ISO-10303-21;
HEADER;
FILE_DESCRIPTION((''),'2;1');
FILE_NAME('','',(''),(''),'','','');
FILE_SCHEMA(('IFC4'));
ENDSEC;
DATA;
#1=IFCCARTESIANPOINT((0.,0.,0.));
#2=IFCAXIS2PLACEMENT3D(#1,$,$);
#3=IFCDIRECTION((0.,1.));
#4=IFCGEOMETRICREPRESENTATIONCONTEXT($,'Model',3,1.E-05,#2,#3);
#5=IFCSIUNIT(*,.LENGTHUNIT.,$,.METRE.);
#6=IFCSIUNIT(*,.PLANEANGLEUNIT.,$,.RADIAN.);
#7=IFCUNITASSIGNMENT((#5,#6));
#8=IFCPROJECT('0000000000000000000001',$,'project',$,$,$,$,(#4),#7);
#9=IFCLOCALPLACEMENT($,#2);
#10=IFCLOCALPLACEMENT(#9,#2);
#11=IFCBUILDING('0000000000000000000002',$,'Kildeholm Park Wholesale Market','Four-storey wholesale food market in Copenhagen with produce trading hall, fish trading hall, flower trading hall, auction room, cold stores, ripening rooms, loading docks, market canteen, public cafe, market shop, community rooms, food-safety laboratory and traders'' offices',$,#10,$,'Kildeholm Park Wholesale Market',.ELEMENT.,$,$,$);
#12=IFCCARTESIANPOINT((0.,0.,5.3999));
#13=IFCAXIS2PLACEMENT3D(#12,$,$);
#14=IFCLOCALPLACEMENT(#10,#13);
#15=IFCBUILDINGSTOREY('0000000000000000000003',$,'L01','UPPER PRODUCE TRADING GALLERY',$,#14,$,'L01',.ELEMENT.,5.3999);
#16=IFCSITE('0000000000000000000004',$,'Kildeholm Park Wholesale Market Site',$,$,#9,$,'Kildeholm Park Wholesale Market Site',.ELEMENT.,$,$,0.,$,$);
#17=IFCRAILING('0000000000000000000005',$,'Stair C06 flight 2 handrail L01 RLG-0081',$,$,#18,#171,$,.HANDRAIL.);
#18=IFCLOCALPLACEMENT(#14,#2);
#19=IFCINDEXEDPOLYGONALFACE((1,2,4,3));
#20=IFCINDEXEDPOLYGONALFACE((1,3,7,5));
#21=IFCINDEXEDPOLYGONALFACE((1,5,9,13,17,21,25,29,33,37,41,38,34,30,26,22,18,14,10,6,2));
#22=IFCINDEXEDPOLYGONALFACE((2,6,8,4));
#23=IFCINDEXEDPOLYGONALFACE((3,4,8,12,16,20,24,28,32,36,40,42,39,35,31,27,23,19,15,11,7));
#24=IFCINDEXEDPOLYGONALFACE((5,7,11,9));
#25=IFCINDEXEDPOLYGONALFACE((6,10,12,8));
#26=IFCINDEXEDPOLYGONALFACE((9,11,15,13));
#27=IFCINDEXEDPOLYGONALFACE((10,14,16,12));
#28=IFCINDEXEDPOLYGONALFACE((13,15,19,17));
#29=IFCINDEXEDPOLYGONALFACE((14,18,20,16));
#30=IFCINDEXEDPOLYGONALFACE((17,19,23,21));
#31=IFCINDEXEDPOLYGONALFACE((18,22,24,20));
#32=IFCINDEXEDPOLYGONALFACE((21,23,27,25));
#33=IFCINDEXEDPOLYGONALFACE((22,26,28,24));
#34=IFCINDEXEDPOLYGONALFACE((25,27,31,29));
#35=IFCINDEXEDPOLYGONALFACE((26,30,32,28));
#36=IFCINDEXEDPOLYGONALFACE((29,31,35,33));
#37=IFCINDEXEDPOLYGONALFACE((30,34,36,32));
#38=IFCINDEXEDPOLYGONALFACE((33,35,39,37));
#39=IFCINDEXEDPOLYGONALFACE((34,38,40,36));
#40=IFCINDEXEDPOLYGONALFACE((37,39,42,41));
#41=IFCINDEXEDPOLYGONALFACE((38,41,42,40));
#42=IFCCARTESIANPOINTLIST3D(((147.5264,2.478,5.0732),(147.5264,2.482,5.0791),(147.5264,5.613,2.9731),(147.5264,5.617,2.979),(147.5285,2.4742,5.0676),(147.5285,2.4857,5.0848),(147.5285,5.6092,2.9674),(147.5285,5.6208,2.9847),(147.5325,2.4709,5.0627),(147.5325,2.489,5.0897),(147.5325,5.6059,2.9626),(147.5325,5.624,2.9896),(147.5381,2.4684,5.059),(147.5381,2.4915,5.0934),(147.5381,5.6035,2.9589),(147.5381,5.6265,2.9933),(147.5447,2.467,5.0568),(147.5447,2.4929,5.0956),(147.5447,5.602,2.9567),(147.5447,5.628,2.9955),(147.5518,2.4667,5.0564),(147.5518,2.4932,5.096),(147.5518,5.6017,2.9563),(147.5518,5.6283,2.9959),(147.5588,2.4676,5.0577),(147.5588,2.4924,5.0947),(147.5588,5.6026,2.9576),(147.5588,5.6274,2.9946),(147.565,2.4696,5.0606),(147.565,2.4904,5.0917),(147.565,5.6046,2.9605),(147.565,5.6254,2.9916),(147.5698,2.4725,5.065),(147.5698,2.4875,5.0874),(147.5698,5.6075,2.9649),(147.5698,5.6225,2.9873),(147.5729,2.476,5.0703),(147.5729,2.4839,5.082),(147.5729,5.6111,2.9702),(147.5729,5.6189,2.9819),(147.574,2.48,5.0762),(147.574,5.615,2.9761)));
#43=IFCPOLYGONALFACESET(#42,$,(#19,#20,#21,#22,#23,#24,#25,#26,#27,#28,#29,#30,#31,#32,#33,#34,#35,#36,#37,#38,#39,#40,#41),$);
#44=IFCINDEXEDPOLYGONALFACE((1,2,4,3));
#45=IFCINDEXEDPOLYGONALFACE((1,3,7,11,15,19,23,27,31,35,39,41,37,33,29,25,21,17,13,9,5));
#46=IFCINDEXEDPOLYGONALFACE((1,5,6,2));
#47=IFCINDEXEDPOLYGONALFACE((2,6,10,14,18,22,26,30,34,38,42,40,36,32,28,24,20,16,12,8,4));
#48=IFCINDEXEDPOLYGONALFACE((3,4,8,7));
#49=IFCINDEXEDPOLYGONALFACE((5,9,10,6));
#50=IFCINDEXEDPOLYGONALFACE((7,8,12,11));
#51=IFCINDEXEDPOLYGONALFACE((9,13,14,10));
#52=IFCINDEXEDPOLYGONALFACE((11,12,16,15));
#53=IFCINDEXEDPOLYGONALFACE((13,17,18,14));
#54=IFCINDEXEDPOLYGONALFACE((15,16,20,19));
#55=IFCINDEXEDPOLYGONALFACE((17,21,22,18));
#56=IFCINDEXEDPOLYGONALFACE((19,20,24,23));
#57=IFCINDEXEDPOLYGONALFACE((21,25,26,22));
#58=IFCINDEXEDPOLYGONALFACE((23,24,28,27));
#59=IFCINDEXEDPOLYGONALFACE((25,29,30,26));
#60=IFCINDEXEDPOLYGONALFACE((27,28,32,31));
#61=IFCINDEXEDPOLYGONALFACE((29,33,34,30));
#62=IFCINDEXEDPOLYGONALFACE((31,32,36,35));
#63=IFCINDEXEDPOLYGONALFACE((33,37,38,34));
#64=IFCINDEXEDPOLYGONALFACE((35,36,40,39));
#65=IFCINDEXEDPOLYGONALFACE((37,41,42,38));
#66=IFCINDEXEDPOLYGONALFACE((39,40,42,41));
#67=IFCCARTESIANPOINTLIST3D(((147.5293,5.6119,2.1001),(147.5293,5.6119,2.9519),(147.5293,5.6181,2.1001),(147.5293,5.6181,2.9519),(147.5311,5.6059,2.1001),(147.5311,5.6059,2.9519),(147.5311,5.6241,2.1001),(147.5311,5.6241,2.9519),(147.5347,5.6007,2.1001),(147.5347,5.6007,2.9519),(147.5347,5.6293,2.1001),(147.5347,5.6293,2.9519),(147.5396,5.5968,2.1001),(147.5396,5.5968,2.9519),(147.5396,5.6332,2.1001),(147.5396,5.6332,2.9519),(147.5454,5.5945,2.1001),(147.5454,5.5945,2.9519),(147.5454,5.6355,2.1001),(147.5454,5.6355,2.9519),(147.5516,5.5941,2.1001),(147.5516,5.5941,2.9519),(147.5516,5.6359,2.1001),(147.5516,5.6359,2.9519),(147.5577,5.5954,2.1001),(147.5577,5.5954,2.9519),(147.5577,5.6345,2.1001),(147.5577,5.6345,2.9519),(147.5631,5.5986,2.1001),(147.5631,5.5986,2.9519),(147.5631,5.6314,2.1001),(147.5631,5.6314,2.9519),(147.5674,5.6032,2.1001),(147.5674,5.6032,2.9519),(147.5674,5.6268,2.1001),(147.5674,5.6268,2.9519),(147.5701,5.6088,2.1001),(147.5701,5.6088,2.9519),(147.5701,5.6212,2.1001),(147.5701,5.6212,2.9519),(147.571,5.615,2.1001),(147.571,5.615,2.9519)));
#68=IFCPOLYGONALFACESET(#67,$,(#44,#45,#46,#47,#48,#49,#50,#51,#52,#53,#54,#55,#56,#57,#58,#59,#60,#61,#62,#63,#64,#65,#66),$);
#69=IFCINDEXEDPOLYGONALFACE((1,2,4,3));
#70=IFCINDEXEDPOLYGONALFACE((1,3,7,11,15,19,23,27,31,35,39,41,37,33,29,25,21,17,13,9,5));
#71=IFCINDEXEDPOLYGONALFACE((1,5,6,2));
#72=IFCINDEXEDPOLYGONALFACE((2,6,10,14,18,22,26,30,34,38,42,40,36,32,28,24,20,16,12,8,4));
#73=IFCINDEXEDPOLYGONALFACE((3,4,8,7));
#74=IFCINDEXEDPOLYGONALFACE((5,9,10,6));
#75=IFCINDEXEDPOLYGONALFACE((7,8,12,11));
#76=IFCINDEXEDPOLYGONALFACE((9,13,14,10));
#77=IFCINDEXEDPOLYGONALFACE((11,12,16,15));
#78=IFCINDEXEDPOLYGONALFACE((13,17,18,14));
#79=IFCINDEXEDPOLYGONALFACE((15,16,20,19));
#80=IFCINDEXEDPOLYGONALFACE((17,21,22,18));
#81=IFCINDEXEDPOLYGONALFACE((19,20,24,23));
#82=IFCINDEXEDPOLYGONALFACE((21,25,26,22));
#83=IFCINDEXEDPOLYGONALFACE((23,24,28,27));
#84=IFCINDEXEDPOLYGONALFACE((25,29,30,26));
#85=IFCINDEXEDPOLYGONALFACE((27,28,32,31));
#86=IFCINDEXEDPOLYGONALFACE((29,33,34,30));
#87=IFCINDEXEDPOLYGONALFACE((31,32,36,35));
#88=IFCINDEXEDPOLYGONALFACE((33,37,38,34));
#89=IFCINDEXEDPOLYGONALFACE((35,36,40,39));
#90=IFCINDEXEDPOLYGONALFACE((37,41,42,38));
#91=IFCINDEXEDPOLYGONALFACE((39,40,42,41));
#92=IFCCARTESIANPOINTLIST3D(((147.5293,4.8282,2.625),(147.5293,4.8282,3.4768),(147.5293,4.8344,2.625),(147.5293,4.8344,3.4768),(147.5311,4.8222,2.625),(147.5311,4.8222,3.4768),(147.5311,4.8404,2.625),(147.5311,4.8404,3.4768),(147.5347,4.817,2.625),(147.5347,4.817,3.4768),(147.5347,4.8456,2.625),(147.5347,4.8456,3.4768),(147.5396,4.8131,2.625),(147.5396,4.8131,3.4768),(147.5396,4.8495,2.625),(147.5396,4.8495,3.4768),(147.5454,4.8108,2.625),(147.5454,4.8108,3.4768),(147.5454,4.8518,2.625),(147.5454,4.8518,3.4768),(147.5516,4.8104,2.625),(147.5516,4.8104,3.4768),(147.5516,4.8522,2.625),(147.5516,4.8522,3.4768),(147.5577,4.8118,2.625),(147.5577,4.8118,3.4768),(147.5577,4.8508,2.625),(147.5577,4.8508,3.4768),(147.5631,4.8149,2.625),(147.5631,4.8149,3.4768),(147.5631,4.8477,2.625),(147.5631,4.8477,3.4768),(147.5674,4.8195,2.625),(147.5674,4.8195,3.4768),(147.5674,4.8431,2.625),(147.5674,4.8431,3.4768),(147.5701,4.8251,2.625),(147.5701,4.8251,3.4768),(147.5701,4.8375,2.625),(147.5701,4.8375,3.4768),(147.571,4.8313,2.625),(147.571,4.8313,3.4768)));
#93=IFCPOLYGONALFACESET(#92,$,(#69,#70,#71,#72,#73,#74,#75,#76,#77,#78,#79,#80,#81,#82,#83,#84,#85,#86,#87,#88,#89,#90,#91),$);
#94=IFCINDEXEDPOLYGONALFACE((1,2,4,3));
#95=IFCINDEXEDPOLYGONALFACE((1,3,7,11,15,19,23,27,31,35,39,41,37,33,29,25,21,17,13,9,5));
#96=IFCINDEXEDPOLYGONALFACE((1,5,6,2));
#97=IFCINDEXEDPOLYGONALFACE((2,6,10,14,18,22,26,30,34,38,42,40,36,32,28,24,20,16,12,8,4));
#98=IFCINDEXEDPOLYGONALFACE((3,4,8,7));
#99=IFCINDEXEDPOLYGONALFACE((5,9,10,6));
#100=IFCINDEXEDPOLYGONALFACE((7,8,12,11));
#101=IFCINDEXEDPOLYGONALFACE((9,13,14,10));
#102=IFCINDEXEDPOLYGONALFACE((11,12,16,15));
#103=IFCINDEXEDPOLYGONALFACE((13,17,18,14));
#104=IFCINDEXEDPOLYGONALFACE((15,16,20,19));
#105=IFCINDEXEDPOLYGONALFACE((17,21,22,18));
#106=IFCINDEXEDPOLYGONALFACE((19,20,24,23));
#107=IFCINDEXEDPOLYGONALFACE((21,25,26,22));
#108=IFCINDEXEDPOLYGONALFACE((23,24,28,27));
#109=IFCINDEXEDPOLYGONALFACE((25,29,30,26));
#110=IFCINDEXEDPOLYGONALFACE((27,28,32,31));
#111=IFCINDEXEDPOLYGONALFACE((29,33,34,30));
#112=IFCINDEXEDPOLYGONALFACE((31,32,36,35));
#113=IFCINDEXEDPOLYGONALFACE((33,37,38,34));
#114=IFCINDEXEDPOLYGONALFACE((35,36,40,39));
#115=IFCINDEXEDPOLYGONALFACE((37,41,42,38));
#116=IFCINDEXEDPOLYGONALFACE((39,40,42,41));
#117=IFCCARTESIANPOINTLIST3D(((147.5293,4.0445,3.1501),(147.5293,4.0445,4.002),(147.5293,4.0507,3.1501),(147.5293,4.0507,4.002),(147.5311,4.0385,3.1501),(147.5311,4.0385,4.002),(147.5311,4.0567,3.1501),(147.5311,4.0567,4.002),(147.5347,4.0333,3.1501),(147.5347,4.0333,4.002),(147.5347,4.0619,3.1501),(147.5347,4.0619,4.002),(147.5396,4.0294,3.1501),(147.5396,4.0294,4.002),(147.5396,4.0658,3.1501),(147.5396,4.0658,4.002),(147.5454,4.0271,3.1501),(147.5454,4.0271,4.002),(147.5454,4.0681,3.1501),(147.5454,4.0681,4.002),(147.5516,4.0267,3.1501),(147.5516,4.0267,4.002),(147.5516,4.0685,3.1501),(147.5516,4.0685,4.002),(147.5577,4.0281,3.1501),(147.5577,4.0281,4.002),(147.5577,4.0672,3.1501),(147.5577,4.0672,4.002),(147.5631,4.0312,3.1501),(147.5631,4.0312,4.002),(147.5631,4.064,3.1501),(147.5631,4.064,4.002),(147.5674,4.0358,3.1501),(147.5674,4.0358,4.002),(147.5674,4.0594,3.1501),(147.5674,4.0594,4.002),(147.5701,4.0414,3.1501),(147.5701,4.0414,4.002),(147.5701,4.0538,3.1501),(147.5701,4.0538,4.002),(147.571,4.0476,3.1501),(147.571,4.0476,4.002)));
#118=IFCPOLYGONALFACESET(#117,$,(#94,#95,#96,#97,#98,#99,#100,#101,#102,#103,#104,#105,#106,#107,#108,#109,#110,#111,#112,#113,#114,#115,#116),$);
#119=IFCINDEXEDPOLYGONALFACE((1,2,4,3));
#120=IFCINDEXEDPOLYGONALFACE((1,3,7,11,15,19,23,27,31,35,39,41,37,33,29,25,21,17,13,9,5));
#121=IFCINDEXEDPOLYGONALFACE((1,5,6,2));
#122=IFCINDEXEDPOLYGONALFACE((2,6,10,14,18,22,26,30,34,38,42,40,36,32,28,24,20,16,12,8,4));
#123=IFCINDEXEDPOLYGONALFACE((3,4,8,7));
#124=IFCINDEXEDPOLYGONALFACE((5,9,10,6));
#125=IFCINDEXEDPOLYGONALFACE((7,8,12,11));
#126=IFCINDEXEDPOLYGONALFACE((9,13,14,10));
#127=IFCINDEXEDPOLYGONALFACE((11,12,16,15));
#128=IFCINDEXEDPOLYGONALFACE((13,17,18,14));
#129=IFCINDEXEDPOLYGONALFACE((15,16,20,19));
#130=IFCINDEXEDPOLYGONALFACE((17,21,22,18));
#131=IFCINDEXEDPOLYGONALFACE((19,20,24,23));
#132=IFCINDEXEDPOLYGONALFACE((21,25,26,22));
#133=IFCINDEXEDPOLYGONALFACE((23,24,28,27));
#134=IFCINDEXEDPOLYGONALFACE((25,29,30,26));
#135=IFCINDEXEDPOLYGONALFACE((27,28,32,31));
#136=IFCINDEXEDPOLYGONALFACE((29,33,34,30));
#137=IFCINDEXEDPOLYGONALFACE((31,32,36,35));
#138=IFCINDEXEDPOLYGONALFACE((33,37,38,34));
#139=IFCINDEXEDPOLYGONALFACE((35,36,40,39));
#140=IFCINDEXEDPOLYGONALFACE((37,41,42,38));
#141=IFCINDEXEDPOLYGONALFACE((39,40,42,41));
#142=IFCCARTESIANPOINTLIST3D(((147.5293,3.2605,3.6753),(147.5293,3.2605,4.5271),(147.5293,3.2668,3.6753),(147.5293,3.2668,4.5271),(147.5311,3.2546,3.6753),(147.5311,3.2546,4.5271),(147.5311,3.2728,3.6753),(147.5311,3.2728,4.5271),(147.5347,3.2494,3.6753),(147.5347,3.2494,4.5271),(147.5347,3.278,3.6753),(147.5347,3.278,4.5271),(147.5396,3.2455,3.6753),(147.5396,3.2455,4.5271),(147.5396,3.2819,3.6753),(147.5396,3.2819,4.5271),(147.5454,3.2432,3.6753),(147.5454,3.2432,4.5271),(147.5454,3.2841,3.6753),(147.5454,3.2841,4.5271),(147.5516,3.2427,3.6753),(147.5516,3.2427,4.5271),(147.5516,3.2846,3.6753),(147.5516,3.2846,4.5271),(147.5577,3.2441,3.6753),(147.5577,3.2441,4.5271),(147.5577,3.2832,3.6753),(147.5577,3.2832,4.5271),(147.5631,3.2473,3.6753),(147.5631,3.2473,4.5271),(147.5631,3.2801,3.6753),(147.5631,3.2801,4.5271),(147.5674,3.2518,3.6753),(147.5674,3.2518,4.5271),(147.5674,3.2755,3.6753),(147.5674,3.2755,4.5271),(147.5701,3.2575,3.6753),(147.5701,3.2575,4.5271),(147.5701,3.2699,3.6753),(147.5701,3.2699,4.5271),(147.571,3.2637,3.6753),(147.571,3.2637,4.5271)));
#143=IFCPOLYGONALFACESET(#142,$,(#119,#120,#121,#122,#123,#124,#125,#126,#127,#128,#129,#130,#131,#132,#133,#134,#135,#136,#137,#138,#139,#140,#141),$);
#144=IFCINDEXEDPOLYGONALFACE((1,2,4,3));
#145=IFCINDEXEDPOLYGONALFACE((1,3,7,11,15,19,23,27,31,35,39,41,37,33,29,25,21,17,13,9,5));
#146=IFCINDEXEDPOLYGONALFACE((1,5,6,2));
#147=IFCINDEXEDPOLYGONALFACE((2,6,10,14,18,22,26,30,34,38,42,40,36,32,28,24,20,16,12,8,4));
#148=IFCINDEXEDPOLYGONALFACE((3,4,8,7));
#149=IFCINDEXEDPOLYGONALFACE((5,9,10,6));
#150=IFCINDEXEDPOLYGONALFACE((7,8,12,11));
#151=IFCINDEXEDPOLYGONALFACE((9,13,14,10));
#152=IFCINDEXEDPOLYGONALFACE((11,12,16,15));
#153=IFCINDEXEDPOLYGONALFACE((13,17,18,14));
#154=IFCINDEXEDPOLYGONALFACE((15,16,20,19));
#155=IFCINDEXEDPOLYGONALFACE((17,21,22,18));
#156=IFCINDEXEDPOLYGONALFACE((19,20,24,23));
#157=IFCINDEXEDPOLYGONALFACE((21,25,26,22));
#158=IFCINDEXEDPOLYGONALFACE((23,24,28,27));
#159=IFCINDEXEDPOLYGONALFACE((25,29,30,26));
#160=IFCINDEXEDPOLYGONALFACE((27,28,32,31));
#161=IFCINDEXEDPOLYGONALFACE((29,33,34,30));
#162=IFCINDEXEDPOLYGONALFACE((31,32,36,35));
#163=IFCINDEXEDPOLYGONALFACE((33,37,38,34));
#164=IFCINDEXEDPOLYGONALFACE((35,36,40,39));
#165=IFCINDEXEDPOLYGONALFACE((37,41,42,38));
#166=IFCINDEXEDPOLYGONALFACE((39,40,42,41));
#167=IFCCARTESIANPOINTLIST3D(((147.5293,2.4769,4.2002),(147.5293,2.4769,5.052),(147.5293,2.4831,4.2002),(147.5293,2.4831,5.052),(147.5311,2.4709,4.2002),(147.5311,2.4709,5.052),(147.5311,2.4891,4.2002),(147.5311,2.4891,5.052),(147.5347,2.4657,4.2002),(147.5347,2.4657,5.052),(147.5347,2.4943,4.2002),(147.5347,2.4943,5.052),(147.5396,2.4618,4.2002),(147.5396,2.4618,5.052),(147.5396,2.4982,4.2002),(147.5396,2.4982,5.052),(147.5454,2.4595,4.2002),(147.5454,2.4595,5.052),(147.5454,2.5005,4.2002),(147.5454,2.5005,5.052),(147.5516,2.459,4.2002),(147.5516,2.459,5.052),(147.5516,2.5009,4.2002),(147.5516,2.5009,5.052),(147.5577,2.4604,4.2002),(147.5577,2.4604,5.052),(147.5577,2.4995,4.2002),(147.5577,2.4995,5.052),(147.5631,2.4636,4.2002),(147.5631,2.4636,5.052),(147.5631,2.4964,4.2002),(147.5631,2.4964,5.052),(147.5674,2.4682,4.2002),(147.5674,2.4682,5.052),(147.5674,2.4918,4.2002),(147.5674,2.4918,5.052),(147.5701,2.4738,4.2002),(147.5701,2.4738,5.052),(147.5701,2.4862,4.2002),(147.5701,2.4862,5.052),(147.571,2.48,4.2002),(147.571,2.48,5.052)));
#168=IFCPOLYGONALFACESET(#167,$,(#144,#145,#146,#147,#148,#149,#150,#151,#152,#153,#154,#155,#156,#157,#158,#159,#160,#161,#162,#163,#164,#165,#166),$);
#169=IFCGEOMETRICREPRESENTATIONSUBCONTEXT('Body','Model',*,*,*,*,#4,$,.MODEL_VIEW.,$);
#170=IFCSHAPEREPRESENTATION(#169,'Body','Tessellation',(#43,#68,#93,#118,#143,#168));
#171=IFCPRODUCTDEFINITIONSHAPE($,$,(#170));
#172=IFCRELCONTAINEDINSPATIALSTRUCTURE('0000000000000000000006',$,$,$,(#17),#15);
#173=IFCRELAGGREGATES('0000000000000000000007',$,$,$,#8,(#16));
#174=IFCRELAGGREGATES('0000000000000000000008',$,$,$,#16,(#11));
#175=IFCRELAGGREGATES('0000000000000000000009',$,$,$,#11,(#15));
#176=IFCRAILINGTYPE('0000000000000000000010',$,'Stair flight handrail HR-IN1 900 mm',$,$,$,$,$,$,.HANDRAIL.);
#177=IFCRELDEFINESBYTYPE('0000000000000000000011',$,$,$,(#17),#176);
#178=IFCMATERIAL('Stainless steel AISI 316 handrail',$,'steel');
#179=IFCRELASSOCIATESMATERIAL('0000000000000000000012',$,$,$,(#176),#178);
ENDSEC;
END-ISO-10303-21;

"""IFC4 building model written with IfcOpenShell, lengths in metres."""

from ifc_helpers import new_model, si_unit, direction, frame, origin, origin_2d, place, context, subcontext, project, spatial, circle, extrude, material, type_object, element, save


model = new_model("IFC4")

# Units and contexts
model_context = context("Model", 3, precision=1e-05, world=origin(), true_north=direction((0.0, 1.0)))
body_context = subcontext(model_context, "Body", "Model", "MODEL_VIEW")
ifc_project = project(units=[si_unit("LENGTHUNIT", "METRE"), si_unit("PLANEANGLEUNIT", "RADIAN")], contexts=[model_context])

# Site, building, storey
site_placement = place(None, origin())
site = spatial("IfcSite", under=ifc_project, at=site_placement, Name="Kildeholm Park Wholesale Market Site", LongName="Kildeholm Park Wholesale Market Site", CompositionType="ELEMENT", RefElevation=0.0)
building_placement = place(site_placement, origin())
building = spatial("IfcBuilding", under=site, at=building_placement, Name="Kildeholm Park Wholesale Market", Description="Four-storey wholesale food market in Copenhagen with produce trading hall, fish trading hall, flower trading hall, auction room, cold stores, ripening rooms, loading docks, market canteen, public cafe, market shop, community rooms, food-safety laboratory and traders' offices", LongName="Kildeholm Park Wholesale Market", CompositionType="ELEMENT")
storey_placement = place(building_placement, frame((0.0, 0.0, 5.3999)))
storey = spatial("IfcBuildingStorey", under=building, at=storey_placement, Name="L01", Description="UPPER PRODUCE TRADING GALLERY", LongName="L01", CompositionType="ELEMENT", Elevation=5.3999)

# Railing
ifc_material_1 = material(Name="Stainless steel AISI 316 handrail", Category="steel")
railing_type_1 = type_object("IfcRailingType", Name="Stair flight handrail HR-IN1 900 mm", PredefinedType="HANDRAIL", material=ifc_material_1)
railing_1_placement = place(storey_placement, frame((147.55, 5.615, 2.1001)))
element("IfcRailing", 1, at=railing_1_placement, inside=storey, type_object=railing_type_1, Name="Stair C06 flight 2 handrail L01 RLG-0081", PredefinedType="HANDRAIL", context=body_context, shape_type="SweptSolid", body=[
    extrude(circle(Radius=0.0239, at=origin_2d()), frame((0.0, 0.0, 0.876), z_axis=(0.0, -0.830814, 0.55655), x_axis=(1.0, 0.0, 0.0)), (0.0, 0.0, 1.0), 3.7734),
    extrude(circle(Radius=0.021, at=origin_2d()), origin(), (0.0, 0.0, 1.0), 0.8518),
    extrude(circle(Radius=0.021, at=origin_2d()), frame((0.0, -0.7837, 0.5249)), (0.0, 0.0, 1.0), 0.8518),
    extrude(circle(Radius=0.021, at=origin_2d()), frame((0.0, -1.5674, 1.05)), (0.0, 0.0, 1.0), 0.8518),
    extrude(circle(Radius=0.021, at=origin_2d()), frame((0.0, -2.3513, 1.5752)), (0.0, 0.0, 1.0), 0.8518),
    extrude(circle(Radius=0.021, at=origin_2d()), frame((0.0, -3.135, 2.1001)), (0.0, 0.0, 1.0), 0.8518),
])

save(model, "model.ifc")
